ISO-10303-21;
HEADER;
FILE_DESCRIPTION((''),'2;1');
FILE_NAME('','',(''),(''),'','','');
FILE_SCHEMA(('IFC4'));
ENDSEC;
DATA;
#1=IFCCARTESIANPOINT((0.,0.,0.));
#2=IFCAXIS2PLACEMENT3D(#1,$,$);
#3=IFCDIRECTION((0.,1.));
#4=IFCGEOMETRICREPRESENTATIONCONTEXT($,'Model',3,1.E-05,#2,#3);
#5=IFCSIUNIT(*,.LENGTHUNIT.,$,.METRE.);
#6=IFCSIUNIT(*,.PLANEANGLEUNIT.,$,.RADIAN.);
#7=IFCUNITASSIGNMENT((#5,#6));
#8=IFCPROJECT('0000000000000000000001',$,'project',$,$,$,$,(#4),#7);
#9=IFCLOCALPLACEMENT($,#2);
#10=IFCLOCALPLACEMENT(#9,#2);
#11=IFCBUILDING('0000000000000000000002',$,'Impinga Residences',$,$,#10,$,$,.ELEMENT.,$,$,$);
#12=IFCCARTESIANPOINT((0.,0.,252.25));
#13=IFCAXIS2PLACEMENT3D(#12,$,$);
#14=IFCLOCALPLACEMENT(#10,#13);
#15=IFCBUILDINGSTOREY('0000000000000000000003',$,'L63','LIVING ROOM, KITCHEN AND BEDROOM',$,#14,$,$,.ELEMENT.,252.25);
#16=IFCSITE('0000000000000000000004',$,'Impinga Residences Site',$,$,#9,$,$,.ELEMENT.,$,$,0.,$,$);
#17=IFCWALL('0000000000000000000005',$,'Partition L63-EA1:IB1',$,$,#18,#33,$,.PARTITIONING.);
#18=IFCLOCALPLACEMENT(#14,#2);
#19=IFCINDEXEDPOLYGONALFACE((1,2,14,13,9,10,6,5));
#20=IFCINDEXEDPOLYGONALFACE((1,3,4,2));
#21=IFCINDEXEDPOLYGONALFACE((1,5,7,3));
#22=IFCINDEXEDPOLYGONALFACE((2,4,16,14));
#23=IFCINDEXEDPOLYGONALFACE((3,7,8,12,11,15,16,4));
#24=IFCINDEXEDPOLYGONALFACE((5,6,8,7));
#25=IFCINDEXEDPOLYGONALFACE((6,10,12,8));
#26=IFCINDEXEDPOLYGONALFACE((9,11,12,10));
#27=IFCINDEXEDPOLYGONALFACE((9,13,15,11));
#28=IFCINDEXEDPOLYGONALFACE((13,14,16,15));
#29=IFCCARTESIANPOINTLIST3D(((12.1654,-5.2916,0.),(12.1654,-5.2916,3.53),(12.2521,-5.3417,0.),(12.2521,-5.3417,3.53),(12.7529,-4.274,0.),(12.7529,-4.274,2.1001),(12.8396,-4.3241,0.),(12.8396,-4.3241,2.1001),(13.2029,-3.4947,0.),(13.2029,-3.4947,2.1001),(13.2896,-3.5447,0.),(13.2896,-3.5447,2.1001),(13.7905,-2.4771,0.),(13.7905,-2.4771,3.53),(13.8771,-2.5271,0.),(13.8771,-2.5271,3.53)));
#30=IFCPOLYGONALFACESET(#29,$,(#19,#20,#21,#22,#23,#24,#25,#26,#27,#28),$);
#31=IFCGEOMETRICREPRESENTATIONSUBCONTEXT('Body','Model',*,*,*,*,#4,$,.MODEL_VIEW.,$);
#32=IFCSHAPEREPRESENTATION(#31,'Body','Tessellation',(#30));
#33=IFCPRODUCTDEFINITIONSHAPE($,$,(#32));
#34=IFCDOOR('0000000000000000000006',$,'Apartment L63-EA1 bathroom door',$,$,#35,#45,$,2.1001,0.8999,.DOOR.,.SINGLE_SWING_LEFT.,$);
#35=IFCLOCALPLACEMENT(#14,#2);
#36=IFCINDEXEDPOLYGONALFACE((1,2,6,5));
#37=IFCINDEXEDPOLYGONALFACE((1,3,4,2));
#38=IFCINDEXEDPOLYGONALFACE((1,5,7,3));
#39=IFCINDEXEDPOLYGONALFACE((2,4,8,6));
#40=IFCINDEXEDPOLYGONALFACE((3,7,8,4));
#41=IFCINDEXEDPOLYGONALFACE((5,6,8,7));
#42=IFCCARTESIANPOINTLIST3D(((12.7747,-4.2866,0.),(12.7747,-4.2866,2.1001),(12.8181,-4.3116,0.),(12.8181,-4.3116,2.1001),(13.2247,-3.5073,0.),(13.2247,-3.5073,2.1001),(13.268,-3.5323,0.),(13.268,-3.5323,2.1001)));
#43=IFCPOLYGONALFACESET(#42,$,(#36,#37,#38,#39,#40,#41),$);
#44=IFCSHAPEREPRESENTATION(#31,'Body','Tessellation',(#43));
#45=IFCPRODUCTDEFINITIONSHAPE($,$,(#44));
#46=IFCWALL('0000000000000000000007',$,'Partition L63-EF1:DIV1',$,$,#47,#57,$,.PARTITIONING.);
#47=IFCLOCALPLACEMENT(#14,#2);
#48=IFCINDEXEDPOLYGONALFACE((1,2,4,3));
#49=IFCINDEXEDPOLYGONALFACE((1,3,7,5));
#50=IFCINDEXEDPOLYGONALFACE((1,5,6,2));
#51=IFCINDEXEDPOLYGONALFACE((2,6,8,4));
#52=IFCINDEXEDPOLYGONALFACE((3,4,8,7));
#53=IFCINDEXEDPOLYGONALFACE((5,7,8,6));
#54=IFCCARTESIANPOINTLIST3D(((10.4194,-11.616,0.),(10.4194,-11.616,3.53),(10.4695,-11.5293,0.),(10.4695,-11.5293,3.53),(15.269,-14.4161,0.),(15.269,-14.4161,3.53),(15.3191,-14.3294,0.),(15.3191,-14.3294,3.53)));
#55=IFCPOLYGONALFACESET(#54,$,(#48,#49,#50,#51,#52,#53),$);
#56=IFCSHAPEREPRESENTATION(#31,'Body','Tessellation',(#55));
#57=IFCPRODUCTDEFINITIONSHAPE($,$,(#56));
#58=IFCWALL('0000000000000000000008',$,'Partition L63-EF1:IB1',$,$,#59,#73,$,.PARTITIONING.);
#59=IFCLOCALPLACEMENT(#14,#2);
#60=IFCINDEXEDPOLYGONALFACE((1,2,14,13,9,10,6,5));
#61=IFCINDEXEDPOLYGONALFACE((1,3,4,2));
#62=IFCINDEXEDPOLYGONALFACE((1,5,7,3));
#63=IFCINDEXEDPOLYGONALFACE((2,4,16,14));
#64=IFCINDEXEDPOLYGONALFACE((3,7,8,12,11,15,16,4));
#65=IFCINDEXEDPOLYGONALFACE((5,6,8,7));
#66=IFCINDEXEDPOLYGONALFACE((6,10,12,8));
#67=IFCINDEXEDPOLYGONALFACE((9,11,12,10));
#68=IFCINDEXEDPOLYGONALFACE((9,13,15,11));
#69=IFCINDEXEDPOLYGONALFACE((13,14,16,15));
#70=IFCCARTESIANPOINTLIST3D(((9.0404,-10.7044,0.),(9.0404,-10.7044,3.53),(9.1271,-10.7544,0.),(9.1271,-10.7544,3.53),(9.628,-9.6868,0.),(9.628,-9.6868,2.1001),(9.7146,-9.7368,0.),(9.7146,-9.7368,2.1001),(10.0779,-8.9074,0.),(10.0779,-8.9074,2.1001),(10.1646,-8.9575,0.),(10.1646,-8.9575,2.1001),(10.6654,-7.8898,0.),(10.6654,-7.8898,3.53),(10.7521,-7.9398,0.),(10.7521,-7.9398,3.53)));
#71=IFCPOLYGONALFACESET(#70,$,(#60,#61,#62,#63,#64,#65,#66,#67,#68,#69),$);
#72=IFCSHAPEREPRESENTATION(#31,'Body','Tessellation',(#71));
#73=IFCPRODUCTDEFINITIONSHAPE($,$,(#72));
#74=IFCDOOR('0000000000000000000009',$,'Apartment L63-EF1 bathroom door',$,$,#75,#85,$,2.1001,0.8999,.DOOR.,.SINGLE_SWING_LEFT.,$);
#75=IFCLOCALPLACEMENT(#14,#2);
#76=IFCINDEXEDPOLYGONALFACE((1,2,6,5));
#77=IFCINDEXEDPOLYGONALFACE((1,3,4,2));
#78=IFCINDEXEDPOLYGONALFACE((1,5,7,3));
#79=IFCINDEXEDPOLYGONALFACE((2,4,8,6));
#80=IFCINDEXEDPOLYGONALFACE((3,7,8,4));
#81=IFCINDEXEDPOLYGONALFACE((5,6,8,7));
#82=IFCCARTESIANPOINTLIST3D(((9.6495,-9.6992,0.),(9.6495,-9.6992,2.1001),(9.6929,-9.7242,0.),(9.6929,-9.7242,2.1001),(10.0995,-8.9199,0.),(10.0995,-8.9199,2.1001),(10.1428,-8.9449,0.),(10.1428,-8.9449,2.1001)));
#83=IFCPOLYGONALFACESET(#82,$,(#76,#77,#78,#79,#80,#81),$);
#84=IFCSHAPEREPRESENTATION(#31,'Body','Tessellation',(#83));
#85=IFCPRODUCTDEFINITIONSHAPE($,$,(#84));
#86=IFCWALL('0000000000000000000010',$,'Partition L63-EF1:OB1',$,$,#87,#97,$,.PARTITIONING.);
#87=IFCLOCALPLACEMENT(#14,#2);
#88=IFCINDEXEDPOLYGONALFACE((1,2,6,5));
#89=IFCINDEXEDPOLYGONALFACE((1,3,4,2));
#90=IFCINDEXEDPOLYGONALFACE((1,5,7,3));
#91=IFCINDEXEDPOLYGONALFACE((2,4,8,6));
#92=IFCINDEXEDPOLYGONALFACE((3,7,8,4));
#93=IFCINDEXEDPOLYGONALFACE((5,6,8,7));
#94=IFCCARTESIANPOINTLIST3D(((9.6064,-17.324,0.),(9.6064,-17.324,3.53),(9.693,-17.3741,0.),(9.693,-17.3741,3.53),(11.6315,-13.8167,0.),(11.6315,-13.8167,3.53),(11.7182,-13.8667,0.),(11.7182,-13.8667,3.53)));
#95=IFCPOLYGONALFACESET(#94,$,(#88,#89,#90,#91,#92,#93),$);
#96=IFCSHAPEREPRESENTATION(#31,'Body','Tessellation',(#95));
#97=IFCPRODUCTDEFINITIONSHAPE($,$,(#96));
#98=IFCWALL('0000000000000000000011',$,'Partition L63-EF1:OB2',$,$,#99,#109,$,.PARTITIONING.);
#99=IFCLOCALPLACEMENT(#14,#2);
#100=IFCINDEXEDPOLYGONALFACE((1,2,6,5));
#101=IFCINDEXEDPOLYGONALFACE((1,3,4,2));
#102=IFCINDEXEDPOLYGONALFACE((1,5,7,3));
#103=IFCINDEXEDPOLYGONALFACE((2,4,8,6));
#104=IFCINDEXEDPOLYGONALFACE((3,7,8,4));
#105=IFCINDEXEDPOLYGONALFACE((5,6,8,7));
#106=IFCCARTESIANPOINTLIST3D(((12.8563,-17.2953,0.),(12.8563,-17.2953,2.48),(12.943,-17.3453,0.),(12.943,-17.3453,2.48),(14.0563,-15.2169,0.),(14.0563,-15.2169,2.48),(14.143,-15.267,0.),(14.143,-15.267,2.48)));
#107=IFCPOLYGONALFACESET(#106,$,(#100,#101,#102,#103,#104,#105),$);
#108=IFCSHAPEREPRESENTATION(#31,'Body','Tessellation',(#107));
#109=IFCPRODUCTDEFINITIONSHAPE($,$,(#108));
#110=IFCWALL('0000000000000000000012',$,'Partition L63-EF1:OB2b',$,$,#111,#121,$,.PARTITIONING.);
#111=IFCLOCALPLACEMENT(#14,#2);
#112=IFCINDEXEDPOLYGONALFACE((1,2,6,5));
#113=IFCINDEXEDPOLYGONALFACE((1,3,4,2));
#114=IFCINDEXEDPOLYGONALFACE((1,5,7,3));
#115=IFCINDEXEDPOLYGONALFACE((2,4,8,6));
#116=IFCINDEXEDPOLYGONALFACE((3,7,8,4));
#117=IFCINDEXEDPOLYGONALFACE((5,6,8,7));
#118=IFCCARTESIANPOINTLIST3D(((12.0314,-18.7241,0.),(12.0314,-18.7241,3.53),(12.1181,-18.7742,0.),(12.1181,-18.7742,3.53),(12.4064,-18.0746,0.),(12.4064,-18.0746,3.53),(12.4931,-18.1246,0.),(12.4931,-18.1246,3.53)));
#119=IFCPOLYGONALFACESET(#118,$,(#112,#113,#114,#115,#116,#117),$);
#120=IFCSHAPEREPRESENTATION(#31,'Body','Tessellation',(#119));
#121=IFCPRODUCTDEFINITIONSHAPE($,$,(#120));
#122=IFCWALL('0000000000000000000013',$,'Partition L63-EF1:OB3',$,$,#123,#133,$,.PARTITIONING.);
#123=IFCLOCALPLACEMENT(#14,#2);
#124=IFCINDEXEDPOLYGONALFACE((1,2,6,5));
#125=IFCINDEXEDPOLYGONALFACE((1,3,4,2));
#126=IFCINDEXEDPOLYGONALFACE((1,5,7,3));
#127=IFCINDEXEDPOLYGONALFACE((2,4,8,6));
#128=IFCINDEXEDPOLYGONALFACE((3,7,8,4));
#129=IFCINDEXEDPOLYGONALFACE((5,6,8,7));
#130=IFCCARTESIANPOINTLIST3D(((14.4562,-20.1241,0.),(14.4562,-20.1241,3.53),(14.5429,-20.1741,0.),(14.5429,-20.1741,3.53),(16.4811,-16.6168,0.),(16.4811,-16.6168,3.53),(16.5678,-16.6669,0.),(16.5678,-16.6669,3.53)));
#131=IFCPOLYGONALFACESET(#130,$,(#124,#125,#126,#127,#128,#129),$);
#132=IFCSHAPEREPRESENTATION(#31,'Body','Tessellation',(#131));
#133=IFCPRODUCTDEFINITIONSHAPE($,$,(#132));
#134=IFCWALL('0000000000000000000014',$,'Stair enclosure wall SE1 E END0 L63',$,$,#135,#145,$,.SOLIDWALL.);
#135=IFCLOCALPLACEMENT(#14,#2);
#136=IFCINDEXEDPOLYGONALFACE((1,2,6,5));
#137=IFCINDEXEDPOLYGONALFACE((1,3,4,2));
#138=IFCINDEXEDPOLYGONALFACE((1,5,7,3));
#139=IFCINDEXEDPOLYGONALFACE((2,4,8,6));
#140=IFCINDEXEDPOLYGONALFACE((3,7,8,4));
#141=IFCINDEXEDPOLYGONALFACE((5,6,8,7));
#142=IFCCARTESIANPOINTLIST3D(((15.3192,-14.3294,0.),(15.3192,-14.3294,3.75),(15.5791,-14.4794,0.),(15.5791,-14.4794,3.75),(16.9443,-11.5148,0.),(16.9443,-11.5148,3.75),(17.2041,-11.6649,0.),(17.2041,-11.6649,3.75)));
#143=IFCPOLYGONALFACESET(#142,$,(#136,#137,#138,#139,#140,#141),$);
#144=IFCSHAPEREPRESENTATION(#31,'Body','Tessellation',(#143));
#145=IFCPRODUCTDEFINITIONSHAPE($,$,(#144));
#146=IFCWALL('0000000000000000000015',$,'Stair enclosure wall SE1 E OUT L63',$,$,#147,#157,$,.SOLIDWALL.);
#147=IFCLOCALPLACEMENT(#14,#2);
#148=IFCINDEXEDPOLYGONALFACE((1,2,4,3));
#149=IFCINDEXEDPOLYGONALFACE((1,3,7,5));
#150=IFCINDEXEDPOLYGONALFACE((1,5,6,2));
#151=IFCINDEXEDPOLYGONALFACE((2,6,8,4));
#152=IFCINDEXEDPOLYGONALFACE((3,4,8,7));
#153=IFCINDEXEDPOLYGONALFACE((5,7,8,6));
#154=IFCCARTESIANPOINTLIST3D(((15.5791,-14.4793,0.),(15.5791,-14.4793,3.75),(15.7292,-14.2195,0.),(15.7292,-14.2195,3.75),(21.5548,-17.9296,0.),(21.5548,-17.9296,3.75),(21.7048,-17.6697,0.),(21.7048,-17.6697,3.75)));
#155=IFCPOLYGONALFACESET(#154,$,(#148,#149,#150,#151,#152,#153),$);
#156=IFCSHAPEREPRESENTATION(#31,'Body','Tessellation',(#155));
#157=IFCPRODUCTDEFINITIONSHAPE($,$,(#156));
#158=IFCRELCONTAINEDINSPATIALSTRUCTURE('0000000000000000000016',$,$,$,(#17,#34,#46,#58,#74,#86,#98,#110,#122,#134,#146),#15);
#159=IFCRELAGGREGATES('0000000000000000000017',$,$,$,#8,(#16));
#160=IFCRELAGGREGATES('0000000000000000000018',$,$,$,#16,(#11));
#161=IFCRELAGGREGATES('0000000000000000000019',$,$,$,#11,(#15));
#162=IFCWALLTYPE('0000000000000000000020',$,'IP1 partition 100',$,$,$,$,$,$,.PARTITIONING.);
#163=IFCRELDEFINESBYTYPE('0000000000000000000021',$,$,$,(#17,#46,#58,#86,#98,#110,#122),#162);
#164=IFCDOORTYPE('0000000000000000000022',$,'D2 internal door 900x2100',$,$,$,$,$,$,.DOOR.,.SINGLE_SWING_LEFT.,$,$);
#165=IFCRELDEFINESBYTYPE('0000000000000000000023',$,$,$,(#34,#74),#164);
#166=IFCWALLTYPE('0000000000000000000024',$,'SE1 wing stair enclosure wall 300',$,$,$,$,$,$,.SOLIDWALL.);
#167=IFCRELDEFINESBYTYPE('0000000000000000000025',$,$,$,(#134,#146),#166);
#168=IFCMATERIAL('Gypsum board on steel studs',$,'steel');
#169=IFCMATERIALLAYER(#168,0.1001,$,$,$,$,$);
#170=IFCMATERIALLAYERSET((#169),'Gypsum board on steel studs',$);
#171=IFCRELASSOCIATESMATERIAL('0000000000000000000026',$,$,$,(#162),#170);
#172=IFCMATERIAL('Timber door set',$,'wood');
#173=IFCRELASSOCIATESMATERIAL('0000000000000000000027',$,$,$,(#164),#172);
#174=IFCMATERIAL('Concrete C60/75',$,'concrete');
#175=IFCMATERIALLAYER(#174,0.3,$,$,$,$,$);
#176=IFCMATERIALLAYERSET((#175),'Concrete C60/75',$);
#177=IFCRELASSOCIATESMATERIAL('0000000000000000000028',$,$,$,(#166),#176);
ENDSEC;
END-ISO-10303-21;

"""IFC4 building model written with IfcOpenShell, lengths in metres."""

from ifc_helpers import new_model, si_unit, direction, frame, frame_2d, origin, place, context, subcontext, project, spatial, rectangle, extrude, material, layer, layer_set, type_object, element, fill, save


model = new_model("IFC4")

# Units and contexts
model_context = context("Model", 3, precision=1e-05, world=origin(), true_north=direction((0.0, 1.0)))
body_context = subcontext(model_context, "Body", "Model", "MODEL_VIEW")
ifc_project = project(units=[si_unit("LENGTHUNIT", "METRE"), si_unit("PLANEANGLEUNIT", "RADIAN")], contexts=[model_context])

# Site, building, storey
site_placement = place(None, origin())
site = spatial("IfcSite", under=ifc_project, at=site_placement, Name="Impinga Residences Site", CompositionType="ELEMENT", RefElevation=0.0)
building_placement = place(site_placement, origin())
building = spatial("IfcBuilding", under=site, at=building_placement, Name="Impinga Residences", CompositionType="ELEMENT")
storey_placement = place(building_placement, frame((0.0, 0.0, 252.25)))
storey = spatial("IfcBuildingStorey", under=building, at=storey_placement, Name="L63", Description="LIVING ROOM, KITCHEN AND BEDROOM", CompositionType="ELEMENT", Elevation=252.25)

# Shared definitions
ifc_material_1 = material(Name="Concrete C60/75", Category="concrete")

# Shared definitions
ifc_material_2 = material(Name="Timber door set", Category="wood")

# Shared definitions
ifc_material_3 = material(Name="Gypsum board on steel studs", Category="steel")
ifc_layer_1 = layer(ifc_material_3, 0.1001)
ifc_layer_set_1 = layer_set([ifc_layer_1], Name="Gypsum board on steel studs")
wall_type_1 = type_object("IfcWallType", Name="IP1 partition 100", PredefinedType="PARTITIONING", material=ifc_layer_set_1)

# Wall, opening, door
wall_1_placement = place(storey_placement, frame((12.2087, -5.3167, 0.0), z_axis=(0.0, 0.0, 1.0), x_axis=(0.500017, 0.866015, 0.0)))
wall_1 = element("IfcWall", 1, at=wall_1_placement, inside=storey, type_object=wall_type_1, Name="Partition L63-EA1:IB1", PredefinedType="PARTITIONING", context=body_context, shape_type="SweptSolid", body=[
    extrude(rectangle(XDim=3.25, YDim=0.1001, at=frame_2d((1.625, 0.0))), origin(), (0.0, 0.0, 1.0), 3.53),
])
opening_1_placement = place(wall_1_placement, frame((1.175, 0.0, 0.0)))
opening_1 = element("IfcOpeningElement", 2, at=opening_1_placement, cuts=wall_1, PredefinedType="OPENING", context=body_context, shape_type="SweptSolid", body=[
    extrude(rectangle(XDim=0.8999, YDim=2.1001, at=frame_2d((0.45, 1.05))), frame((0.0, 0.0601, 0.0), z_axis=(0.0, -1.0, 0.0), x_axis=(1.0, 0.0, 0.0)), (0.0, 0.0, 1.0), 0.1201),
])
door_type_1 = type_object("IfcDoorType", Name="D2 internal door 900x2100", OperationType="SINGLE_SWING_LEFT", PredefinedType="DOOR", material=ifc_material_2)
door_1_placement = place(opening_1_placement, origin())
door_1 = element("IfcDoor", 3, at=door_1_placement, inside=storey, type_object=door_type_1, Name="Apartment L63-EA1 bathroom door", OperationType="SINGLE_SWING_LEFT", OverallHeight=2.1001, OverallWidth=0.8999, PredefinedType="DOOR", context=body_context, shape_type="SweptSolid", body=[
    extrude(rectangle(XDim=0.8999, YDim=2.1001, at=frame_2d((0.45, 1.05))), frame((0.0, 0.0249, 0.0), z_axis=(0.0, -1.0, 0.0), x_axis=(1.0, 0.0, 0.0)), (0.0, 0.0, 1.0), 0.05),
])
fill(opening_1, door_1)

# Wall
wall_2_placement = place(storey_placement, frame((10.4446, -11.5728, 0.0), z_axis=(0.0, 0.0, 1.0), x_axis=(0.866016, -0.500017, 0.0)))
element("IfcWall", 4, at=wall_2_placement, inside=storey, type_object=wall_type_1, Name="Partition L63-EF1:DIV1", PredefinedType="PARTITIONING", context=body_context, shape_type="SweptSolid", body=[
    extrude(rectangle(XDim=5.5999, YDim=0.1001, at=frame_2d((2.7998, 0.0))), origin(), (0.0, 0.0, 1.0), 3.53),
])

# Wall, opening, door
wall_3_placement = place(storey_placement, frame((10.7087, -7.9148, 0.0), z_axis=(0.0, 0.0, 1.0), x_axis=(-0.499985, -0.866034, 0.0)))
wall_3 = element("IfcWall", 5, at=wall_3_placement, inside=storey, type_object=wall_type_1, Name="Partition L63-EF1:IB1", PredefinedType="PARTITIONING", context=body_context, shape_type="SweptSolid", body=[
    extrude(rectangle(XDim=3.25, YDim=0.1001, at=frame_2d((1.625, 0.0))), origin(), (0.0, 0.0, 1.0), 3.53),
])
opening_2_placement = place(wall_3_placement, frame((1.175, 0.0, 0.0)))
opening_2 = element("IfcOpeningElement", 6, at=opening_2_placement, cuts=wall_3, PredefinedType="OPENING", context=body_context, shape_type="SweptSolid", body=[
    extrude(rectangle(XDim=0.8999, YDim=2.1001, at=frame_2d((0.45, 1.05))), frame((0.0, 0.0601, 0.0), z_axis=(0.0, -1.0, 0.0), x_axis=(1.0, 0.0, 0.0)), (0.0, 0.0, 1.0), 0.1201),
])
door_2_placement = place(opening_2_placement, origin())
door_2 = element("IfcDoor", 7, at=door_2_placement, inside=storey, type_object=door_type_1, Name="Apartment L63-EF1 bathroom door", OperationType="SINGLE_SWING_LEFT", OverallHeight=2.1001, OverallWidth=0.8999, PredefinedType="DOOR", context=body_context, shape_type="SweptSolid", body=[
    extrude(rectangle(XDim=0.8999, YDim=2.1001, at=frame_2d((0.45, 1.05))), frame((0.0, 0.0249, 0.0), z_axis=(0.0, -1.0, 0.0), x_axis=(1.0, 0.0, 0.0)), (0.0, 0.0, 1.0), 0.05),
])
fill(opening_2, door_2)

# Walls
wall_4_placement = place(storey_placement, frame((11.6748, -13.8418, 0.0), z_axis=(0.0, 0.0, 1.0), x_axis=(-0.500036, -0.866005, 0.0)))
element("IfcWall", 8, at=wall_4_placement, inside=storey, type_object=wall_type_1, Name="Partition L63-EF1:OB1", PredefinedType="PARTITIONING", context=body_context, shape_type="SweptSolid", body=[
    extrude(rectangle(XDim=4.05, YDim=0.1001, at=frame_2d((2.0249, 0.0))), origin(), (0.0, 0.0, 1.0), 3.53),
])
wall_5_placement = place(storey_placement, frame((14.0996, -15.2419, 0.0), z_axis=(0.0, 0.0, 1.0), x_axis=(-0.500001, -0.866025, 0.0)))
element("IfcWall", 9, at=wall_5_placement, inside=storey, type_object=wall_type_1, Name="Partition L63-EF1:OB2", PredefinedType="PARTITIONING", context=body_context, shape_type="SweptSolid", body=[
    extrude(rectangle(XDim=2.3999, YDim=0.1001, at=frame_2d((1.2, 0.0))), origin(), (0.0, 0.0, 1.0), 2.48),
])
wall_6_placement = place(storey_placement, frame((12.4497, -18.0996, 0.0), z_axis=(0.0, 0.0, 1.0), x_axis=(-0.49992, -0.866072, 0.0)))
element("IfcWall", 10, at=wall_6_placement, inside=storey, type_object=wall_type_1, Name="Partition L63-EF1:OB2b", PredefinedType="PARTITIONING", context=body_context, shape_type="SweptSolid", body=[
    extrude(rectangle(XDim=0.75, YDim=0.1001, at=frame_2d((0.375, 0.0))), origin(), (0.0, 0.0, 1.0), 3.53),
])
wall_7_placement = place(storey_placement, frame((16.5244, -16.6418, 0.0), z_axis=(0.0, 0.0, 1.0), x_axis=(-0.49999, -0.866031, 0.0)))
element("IfcWall", 11, at=wall_7_placement, inside=storey, type_object=wall_type_1, Name="Partition L63-EF1:OB3", PredefinedType="PARTITIONING", context=body_context, shape_type="SweptSolid", body=[
    extrude(rectangle(XDim=4.0498, YDim=0.1001, at=frame_2d((2.0249, 0.0))), origin(), (0.0, 0.0, 1.0), 3.53),
])
ifc_layer_2 = layer(ifc_material_1, 0.3)
ifc_layer_set_2 = layer_set([ifc_layer_2], Name="Concrete C60/75")
wall_type_2 = type_object("IfcWallType", Name="SE1 wing stair enclosure wall 300", PredefinedType="SOLIDWALL", material=ifc_layer_set_2)
wall_8_placement = place(storey_placement, frame((17.0742, -11.5898, 0.0), z_axis=(0.0, 0.0, 1.0), x_axis=(-0.500017, -0.866015, 0.0)))
element("IfcWall", 12, at=wall_8_placement, inside=storey, type_object=wall_type_2, Name="Stair enclosure wall SE1 E END0 L63", PredefinedType="SOLIDWALL", context=body_context, shape_type="SweptSolid", body=[
    extrude(rectangle(XDim=3.25, YDim=0.3, at=frame_2d((1.625, 0.0))), origin(), (0.0, 0.0, 1.0), 3.75),
])
wall_9_placement = place(storey_placement, frame((15.6541, -14.3494, 0.0), z_axis=(0.0, 0.0, 1.0), x_axis=(0.866014, -0.500021, 0.0)))
element("IfcWall", 13, at=wall_9_placement, inside=storey, type_object=wall_type_2, Name="Stair enclosure wall SE1 E OUT L63", PredefinedType="SOLIDWALL", context=body_context, shape_type="SweptSolid", body=[
    extrude(rectangle(XDim=6.9001, YDim=0.3, at=frame_2d((3.4502, 0.0))), origin(), (0.0, 0.0, 1.0), 3.75),
])

save(model, "model.ifc")
